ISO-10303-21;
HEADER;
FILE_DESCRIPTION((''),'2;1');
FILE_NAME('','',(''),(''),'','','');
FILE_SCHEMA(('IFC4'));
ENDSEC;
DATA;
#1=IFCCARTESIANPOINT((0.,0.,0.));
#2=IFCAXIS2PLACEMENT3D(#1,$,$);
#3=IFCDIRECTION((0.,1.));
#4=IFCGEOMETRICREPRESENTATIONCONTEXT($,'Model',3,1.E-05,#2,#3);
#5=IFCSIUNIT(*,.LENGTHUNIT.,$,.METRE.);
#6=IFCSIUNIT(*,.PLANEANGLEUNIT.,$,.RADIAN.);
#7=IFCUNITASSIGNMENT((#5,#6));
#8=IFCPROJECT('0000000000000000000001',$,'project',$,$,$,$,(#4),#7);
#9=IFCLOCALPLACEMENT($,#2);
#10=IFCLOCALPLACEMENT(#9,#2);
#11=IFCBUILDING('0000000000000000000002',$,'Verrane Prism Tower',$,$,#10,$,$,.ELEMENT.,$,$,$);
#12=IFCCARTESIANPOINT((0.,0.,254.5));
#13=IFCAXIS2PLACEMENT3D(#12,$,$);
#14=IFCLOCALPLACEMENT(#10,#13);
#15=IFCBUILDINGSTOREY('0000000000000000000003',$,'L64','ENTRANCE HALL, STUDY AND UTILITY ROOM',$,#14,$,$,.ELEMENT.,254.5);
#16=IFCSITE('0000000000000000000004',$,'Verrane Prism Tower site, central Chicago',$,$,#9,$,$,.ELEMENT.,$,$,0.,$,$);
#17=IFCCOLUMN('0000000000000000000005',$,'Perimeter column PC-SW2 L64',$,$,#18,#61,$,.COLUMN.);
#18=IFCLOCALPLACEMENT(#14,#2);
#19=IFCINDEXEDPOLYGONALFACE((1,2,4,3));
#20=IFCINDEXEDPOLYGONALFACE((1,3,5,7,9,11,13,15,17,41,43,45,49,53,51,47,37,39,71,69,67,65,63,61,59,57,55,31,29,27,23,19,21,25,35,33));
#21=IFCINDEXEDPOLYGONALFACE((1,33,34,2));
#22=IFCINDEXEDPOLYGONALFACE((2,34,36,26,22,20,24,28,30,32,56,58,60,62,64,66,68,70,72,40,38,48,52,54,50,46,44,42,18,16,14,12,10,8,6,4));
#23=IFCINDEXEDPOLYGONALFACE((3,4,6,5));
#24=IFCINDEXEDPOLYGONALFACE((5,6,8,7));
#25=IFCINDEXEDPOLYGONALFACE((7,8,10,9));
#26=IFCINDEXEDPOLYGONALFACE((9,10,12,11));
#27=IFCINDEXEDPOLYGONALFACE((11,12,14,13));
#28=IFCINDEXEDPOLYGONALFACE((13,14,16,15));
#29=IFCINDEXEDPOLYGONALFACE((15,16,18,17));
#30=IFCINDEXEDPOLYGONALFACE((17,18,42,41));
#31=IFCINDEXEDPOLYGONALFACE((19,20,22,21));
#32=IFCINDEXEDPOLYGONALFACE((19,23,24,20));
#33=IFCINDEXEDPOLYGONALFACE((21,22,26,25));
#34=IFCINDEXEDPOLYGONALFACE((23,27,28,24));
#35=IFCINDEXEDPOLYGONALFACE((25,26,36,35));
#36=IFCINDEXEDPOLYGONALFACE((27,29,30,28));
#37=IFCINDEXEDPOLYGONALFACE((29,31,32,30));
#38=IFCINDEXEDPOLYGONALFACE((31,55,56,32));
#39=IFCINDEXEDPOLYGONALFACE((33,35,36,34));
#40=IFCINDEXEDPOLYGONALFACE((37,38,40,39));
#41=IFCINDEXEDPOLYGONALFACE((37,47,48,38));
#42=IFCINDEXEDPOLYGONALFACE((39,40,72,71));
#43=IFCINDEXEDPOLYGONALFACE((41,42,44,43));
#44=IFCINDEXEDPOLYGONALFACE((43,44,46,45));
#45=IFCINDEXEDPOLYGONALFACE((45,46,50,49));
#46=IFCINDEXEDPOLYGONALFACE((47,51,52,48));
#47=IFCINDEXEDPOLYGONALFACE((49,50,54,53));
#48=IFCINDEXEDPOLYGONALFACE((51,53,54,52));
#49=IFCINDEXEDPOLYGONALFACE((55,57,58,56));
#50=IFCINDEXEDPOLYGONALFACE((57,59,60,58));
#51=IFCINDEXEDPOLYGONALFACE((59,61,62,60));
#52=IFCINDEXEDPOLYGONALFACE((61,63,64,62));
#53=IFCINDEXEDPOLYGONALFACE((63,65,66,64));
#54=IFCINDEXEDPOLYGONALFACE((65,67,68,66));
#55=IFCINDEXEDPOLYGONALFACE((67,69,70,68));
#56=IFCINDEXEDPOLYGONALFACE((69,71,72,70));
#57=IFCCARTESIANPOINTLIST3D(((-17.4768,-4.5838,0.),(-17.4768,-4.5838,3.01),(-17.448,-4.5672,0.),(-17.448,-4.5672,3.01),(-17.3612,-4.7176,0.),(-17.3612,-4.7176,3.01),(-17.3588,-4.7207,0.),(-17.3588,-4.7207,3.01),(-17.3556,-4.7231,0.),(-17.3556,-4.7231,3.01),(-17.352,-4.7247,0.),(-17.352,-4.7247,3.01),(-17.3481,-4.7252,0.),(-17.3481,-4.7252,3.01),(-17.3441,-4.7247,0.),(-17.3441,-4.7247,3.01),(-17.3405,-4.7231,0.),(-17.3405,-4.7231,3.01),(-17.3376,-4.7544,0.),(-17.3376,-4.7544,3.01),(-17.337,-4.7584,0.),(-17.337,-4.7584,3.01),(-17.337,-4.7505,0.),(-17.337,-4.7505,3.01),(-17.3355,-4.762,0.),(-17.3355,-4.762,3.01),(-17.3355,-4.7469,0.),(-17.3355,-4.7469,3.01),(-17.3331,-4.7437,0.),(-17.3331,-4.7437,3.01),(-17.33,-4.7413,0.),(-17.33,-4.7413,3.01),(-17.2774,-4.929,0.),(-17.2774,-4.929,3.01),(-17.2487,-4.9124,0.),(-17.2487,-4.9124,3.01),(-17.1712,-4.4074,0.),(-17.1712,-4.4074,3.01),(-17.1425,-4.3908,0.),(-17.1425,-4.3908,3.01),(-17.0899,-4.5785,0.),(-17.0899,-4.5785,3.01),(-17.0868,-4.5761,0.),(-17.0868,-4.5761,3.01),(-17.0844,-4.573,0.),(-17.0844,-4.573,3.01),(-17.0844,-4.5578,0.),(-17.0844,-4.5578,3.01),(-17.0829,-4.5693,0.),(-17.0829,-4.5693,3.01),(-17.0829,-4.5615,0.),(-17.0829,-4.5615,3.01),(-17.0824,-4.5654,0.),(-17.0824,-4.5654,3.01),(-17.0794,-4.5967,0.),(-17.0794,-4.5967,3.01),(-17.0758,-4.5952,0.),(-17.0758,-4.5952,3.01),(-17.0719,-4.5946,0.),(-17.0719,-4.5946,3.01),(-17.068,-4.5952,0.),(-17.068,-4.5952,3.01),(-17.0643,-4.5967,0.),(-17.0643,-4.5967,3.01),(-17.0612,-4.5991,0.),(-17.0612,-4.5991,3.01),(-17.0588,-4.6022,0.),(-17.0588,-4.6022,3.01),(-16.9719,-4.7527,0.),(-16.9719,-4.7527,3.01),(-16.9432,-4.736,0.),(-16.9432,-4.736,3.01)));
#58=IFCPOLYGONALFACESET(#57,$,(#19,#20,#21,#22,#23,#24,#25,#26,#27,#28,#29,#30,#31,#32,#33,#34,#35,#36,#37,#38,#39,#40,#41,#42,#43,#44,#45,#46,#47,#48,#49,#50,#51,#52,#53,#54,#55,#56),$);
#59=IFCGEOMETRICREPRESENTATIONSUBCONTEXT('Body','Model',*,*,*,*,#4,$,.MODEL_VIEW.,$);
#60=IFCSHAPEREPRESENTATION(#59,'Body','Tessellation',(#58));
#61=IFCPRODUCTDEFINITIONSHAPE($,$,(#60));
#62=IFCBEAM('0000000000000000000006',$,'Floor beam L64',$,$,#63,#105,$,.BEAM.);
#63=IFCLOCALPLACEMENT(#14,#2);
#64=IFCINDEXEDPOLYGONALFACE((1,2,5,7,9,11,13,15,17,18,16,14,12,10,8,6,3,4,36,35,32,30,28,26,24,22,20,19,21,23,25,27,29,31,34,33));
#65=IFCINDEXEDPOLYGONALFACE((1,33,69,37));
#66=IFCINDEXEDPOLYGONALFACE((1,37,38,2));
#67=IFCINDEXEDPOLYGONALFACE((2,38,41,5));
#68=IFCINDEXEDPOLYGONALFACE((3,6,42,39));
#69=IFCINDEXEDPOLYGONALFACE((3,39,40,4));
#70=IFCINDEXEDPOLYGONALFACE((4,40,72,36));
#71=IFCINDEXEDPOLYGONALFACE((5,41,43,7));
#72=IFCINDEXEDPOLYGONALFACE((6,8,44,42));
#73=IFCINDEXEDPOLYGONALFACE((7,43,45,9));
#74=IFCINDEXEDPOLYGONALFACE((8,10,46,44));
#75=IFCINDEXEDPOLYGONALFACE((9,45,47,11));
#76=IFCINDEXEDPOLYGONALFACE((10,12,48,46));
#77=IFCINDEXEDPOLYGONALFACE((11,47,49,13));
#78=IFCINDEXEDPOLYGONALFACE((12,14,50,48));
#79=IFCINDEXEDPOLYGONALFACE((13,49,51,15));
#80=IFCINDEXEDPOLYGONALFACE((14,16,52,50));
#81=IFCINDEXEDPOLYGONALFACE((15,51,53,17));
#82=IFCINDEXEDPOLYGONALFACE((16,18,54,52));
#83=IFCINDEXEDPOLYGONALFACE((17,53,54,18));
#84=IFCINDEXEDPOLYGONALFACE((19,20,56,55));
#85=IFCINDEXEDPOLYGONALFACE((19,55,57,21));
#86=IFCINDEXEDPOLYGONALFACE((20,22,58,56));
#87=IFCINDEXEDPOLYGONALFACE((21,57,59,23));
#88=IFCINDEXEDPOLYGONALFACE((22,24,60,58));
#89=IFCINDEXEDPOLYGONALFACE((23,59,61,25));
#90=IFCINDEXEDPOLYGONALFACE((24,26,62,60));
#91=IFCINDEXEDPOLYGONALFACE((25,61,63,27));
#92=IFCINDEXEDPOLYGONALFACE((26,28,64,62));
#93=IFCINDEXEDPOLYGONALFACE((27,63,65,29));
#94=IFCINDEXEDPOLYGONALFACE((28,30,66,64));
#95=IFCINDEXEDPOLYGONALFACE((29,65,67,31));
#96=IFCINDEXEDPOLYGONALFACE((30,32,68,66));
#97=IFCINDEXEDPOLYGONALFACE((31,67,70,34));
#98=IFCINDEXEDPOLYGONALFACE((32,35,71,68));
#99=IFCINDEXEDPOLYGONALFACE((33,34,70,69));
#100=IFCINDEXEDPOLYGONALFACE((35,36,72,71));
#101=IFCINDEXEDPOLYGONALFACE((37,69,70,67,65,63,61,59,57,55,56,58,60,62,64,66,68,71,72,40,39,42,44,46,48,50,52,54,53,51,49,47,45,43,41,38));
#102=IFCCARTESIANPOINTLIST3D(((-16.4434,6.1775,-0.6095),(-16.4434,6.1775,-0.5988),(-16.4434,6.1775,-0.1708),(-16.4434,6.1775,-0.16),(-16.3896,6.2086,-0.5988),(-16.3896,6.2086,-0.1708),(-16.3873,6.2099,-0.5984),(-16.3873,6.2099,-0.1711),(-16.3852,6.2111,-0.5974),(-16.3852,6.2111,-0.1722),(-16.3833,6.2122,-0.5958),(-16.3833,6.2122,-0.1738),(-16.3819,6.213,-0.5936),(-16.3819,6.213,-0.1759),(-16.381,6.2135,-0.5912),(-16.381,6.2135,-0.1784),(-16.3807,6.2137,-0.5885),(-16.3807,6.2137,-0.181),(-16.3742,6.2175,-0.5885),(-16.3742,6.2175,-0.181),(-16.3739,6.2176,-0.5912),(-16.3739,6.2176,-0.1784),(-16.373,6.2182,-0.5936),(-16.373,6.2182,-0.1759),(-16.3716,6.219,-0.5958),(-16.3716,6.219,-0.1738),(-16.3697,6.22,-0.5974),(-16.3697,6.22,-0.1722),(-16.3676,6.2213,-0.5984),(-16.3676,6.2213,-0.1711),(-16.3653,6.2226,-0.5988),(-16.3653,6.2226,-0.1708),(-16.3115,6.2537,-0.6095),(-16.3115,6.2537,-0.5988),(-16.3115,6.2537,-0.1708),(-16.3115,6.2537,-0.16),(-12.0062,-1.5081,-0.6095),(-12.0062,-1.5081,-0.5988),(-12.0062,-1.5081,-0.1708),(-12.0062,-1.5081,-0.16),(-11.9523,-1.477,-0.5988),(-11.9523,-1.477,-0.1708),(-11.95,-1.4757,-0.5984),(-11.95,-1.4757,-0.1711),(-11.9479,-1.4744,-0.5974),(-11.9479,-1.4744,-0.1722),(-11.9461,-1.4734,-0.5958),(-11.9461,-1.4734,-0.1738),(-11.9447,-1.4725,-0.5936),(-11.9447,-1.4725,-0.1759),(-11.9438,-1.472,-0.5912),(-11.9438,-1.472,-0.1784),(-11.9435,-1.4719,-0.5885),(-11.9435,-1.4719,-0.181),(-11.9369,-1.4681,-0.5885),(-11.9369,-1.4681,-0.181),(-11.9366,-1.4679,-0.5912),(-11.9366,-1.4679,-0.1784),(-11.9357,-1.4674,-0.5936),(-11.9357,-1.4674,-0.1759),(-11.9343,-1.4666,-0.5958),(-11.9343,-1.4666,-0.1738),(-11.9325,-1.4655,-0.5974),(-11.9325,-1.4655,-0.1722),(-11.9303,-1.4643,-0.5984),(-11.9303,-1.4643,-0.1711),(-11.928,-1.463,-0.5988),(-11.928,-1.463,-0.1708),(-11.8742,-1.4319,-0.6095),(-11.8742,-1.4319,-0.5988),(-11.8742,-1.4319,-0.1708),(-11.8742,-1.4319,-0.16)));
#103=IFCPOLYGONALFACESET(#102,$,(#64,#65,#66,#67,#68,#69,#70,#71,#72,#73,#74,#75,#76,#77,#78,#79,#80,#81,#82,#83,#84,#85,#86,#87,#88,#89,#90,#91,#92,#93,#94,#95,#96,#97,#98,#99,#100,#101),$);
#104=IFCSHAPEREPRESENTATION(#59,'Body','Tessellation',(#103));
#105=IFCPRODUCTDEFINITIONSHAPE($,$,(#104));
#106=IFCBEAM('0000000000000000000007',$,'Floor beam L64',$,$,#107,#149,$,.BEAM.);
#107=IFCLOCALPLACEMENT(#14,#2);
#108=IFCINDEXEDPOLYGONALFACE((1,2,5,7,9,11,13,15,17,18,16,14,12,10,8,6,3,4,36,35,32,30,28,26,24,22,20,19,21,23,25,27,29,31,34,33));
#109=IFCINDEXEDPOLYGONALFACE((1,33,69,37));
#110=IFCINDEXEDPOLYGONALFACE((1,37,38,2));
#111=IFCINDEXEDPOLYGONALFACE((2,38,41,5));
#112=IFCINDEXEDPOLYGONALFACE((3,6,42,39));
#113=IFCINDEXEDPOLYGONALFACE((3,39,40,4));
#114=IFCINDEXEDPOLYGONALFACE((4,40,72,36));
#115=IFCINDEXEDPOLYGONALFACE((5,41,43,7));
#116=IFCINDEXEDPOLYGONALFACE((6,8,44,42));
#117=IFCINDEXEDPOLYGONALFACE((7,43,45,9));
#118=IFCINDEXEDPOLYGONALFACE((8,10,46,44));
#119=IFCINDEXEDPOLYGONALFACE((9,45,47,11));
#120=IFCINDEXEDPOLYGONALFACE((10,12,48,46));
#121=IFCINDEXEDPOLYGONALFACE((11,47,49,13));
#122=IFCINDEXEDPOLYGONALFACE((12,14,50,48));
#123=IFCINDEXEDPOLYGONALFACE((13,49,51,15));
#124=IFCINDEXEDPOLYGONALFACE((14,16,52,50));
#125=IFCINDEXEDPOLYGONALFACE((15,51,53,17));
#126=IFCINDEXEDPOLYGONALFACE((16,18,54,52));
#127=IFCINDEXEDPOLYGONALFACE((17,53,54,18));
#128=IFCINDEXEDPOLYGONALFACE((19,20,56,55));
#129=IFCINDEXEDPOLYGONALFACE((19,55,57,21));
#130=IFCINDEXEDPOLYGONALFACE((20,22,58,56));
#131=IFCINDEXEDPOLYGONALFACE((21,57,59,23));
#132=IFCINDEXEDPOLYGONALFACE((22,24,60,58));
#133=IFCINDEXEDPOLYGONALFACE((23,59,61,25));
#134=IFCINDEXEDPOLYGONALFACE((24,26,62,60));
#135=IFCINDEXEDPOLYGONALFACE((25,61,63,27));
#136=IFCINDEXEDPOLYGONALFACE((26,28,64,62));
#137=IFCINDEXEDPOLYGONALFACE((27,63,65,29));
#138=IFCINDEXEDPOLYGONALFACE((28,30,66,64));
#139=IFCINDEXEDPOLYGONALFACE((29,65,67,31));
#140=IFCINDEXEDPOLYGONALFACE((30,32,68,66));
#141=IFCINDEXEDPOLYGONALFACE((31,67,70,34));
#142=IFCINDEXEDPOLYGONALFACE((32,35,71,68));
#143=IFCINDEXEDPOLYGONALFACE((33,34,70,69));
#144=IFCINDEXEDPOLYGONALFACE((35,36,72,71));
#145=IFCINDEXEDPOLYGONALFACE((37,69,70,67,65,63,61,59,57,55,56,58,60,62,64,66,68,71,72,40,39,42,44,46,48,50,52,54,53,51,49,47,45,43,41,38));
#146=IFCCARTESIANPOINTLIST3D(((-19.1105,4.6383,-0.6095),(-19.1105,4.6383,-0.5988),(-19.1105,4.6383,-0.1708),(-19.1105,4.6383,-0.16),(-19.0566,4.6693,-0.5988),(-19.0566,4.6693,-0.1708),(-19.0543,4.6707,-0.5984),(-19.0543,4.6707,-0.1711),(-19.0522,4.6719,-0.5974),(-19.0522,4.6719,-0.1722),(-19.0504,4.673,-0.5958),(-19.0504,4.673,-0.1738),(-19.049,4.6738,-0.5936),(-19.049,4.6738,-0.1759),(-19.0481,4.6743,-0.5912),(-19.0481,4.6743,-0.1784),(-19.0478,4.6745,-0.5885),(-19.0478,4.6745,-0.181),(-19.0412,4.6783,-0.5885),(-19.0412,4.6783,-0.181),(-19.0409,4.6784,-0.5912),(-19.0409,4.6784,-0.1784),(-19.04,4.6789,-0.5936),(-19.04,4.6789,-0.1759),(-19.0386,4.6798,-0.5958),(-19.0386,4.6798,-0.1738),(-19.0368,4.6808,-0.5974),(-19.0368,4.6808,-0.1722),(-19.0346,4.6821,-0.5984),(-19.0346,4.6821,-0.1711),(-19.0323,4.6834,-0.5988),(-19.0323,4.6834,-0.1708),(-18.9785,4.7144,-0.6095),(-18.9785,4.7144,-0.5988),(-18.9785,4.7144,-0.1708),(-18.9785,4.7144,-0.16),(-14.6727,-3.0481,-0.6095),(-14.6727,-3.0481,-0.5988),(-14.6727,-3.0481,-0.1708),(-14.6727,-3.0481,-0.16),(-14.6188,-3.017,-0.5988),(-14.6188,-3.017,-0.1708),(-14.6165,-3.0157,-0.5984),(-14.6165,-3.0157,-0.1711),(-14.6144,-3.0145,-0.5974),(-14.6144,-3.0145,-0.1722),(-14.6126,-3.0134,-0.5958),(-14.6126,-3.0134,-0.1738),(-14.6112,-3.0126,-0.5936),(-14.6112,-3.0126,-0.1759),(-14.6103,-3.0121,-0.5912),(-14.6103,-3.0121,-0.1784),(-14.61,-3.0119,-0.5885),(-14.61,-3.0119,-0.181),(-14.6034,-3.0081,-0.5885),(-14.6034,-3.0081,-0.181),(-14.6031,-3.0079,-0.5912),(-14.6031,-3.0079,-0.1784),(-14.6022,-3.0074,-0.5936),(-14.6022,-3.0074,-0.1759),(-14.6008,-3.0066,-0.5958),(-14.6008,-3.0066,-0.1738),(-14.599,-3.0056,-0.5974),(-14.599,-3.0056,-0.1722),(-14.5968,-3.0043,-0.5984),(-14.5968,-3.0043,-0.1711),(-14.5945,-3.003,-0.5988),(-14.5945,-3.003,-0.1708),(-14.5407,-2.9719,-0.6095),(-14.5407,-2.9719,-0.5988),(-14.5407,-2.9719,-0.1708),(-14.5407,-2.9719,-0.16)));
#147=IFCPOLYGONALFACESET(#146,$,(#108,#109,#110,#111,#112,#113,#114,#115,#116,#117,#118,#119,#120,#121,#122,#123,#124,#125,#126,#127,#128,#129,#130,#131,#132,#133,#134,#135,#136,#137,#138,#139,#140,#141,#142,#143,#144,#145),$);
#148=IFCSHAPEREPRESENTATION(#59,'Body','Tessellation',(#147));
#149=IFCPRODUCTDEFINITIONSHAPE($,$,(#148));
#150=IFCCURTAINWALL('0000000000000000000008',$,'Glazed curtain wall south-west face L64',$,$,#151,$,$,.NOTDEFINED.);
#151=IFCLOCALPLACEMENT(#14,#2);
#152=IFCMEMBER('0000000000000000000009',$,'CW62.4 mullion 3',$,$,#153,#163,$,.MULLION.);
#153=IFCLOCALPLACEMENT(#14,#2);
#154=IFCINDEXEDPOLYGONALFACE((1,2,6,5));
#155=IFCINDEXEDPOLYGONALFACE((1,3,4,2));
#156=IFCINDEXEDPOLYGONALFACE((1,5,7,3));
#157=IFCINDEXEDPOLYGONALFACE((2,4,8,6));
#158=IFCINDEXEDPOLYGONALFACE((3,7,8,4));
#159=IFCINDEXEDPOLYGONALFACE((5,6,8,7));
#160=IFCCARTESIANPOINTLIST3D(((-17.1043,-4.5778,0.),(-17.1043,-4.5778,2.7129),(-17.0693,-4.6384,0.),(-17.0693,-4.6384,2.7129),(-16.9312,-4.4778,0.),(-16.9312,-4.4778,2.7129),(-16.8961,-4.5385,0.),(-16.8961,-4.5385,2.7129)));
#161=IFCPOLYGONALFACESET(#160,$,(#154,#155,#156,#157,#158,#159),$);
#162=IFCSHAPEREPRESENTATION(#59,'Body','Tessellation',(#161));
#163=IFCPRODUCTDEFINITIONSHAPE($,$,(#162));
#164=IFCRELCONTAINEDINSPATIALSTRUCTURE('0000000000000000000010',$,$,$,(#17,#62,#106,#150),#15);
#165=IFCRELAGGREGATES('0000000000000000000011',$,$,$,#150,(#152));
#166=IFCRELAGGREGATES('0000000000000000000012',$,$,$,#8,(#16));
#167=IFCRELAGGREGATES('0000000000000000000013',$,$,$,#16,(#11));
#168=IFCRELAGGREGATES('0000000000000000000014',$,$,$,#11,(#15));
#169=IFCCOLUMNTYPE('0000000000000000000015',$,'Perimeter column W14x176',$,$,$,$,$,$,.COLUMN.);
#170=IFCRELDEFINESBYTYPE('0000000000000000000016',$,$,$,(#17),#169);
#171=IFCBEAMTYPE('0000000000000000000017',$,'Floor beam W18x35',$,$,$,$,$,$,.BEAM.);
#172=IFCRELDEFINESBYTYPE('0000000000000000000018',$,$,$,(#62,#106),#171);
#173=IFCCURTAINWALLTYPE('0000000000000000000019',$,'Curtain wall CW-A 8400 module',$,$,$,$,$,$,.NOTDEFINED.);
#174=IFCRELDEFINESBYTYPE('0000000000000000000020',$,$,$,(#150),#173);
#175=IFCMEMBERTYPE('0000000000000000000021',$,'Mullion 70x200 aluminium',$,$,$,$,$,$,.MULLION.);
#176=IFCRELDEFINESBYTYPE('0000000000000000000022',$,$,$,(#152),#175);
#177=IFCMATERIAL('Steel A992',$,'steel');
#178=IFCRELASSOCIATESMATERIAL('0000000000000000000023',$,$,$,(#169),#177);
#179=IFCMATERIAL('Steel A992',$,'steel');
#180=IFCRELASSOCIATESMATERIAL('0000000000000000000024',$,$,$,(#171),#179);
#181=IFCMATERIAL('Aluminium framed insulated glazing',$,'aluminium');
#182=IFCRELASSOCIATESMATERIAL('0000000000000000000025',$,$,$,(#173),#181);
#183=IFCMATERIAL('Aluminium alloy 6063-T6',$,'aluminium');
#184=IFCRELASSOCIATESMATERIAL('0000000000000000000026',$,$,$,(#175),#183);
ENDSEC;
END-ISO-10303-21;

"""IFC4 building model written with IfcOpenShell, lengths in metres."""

from ifc_helpers import new_model, si_unit, direction, frame, origin, origin_2d, place, context, subcontext, project, spatial, rectangle, i_section, extrude, material, material_profile, profile_set, type_object, element, aggregate, save


model = new_model("IFC4")

# Units and contexts
model_context = context("Model", 3, precision=1e-05, world=origin(), true_north=direction((0.0, 1.0)))
body_context = subcontext(model_context, "Body", "Model", "MODEL_VIEW")
ifc_project = project(units=[si_unit("LENGTHUNIT", "METRE"), si_unit("PLANEANGLEUNIT", "RADIAN")], contexts=[model_context])

# Site, building, storey
site_placement = place(None, origin())
site = spatial("IfcSite", under=ifc_project, at=site_placement, Name="Verrane Prism Tower site, central Chicago", CompositionType="ELEMENT", RefElevation=0.0)
building_placement = place(site_placement, origin())
building = spatial("IfcBuilding", under=site, at=building_placement, Name="Verrane Prism Tower", CompositionType="ELEMENT")
storey_placement = place(building_placement, frame((0.0, 0.0, 254.5)))
storey = spatial("IfcBuildingStorey", under=building, at=storey_placement, Name="L64", Description="ENTRANCE HALL, STUDY AND UTILITY ROOM", CompositionType="ELEMENT", Elevation=254.5)

# Column
ifc_material_1 = material(Name="Steel A992", Category="steel")
ifc_material_profile_1 = material_profile(ifc_material_1, i_section(OverallWidth=0.3987, OverallDepth=0.386, WebThickness=0.021, FlangeThickness=0.0332, FilletRadius=0.0151, at=origin_2d()), Name="W14x176")
ifc_profile_set_1 = profile_set([ifc_material_profile_1], Name="Steel A992")
column_type = type_object("IfcColumnType", Name="Perimeter column W14x176", PredefinedType="COLUMN", material=ifc_profile_set_1)
column_placement = place(storey_placement, frame((-17.21, -4.6599, 0.0), z_axis=(0.0, 0.0, 1.0), x_axis=(-0.5, 0.866025, 0.0)))
element("IfcColumn", 1, at=column_placement, inside=storey, type_object=column_type, Name="Perimeter column PC-SW2 L64", PredefinedType="COLUMN", context=body_context, shape_type="SweptSolid", body=[
    extrude(i_section(OverallWidth=0.3987, OverallDepth=0.386, WebThickness=0.021, FlangeThickness=0.0332, FilletRadius=0.0151, at=origin_2d()), origin(), (0.0, 0.0, 1.0), 3.01),
])

# Beams
ifc_material_2 = material(Name="Steel A992", Category="steel")
ifc_material_profile_2 = material_profile(ifc_material_2, i_section(OverallWidth=0.1523, OverallDepth=0.4495, WebThickness=0.0076, FlangeThickness=0.0107, FilletRadius=0.0103, at=origin_2d()), Name="W18x35")
ifc_profile_set_2 = profile_set([ifc_material_profile_2], Name="Steel A992")
beam_type_1 = type_object("IfcBeamType", Name="Floor beam W18x35", PredefinedType="BEAM", material=ifc_profile_set_2)
beam_1_placement = place(storey_placement, frame((-11.9402, -1.47, -0.3848), z_axis=(-0.5, 0.866025, 0.0), x_axis=(-0.866025, -0.5, 0.0)))
element("IfcBeam", 2, at=beam_1_placement, inside=storey, type_object=beam_type_1, Name="Floor beam L64", PredefinedType="BEAM", context=body_context, shape_type="SweptSolid", body=[
    extrude(i_section(OverallWidth=0.1523, OverallDepth=0.4495, WebThickness=0.0076, FlangeThickness=0.0107, FilletRadius=0.0103, at=origin_2d()), origin(), (0.0, 0.0, 1.0), 8.8745),
])
beam_2_placement = place(storey_placement, frame((-14.6067, -3.01, -0.3848), z_axis=(-0.500006, 0.866022, 0.0), x_axis=(-0.866022, -0.500006, 0.0)))
element("IfcBeam", 3, at=beam_2_placement, inside=storey, type_object=beam_type_1, Name="Floor beam L64", PredefinedType="BEAM", context=body_context, shape_type="SweptSolid", body=[
    extrude(i_section(OverallWidth=0.1523, OverallDepth=0.4495, WebThickness=0.0076, FlangeThickness=0.0107, FilletRadius=0.0103, at=origin_2d()), origin(), (0.0, 0.0, 1.0), 8.8755),
])

# Curtain wall, member
ifc_material_3 = material(Name="Aluminium framed insulated glazing", Category="aluminium")
curtain_wall_type = type_object("IfcCurtainWallType", Name="Curtain wall CW-A 8400 module", PredefinedType="NOTDEFINED", material=ifc_material_3)
curtain_wall_placement = place(storey_placement, origin())
curtain_wall = element("IfcCurtainWall", 4, at=curtain_wall_placement, inside=storey, type_object=curtain_wall_type, Name="Glazed curtain wall south-west face L64", PredefinedType="NOTDEFINED")
ifc_material_4 = material(Name="Aluminium alloy 6063-T6", Category="aluminium")
ifc_material_profile_3 = material_profile(ifc_material_4, rectangle(XDim=0.2, YDim=0.0701, at=origin_2d()), Name="Mullion 70x200 aluminium")
ifc_profile_set_3 = profile_set([ifc_material_profile_3], Name="Aluminium alloy 6063-T6")
member_type_1 = type_object("IfcMemberType", Name="Mullion 70x200 aluminium", PredefinedType="MULLION", material=ifc_profile_set_3)
member_1_placement = place(storey_placement, frame((-17.0002, -4.5581, 0.0), z_axis=(0.0, 0.0, 1.0), x_axis=(0.866026, 0.5, 0.0)))
member_1 = element("IfcMember", 5, at=member_1_placement, type_object=member_type_1, Name="CW62.4 mullion 3", PredefinedType="MULLION", context=body_context, shape_type="SweptSolid", body=[
    extrude(rectangle(XDim=0.2, YDim=0.0701, at=origin_2d()), origin(), (0.0, 0.0, 1.0), 2.7129),
])

aggregate(curtain_wall, [member_1])

save(model, "model.ifc")
